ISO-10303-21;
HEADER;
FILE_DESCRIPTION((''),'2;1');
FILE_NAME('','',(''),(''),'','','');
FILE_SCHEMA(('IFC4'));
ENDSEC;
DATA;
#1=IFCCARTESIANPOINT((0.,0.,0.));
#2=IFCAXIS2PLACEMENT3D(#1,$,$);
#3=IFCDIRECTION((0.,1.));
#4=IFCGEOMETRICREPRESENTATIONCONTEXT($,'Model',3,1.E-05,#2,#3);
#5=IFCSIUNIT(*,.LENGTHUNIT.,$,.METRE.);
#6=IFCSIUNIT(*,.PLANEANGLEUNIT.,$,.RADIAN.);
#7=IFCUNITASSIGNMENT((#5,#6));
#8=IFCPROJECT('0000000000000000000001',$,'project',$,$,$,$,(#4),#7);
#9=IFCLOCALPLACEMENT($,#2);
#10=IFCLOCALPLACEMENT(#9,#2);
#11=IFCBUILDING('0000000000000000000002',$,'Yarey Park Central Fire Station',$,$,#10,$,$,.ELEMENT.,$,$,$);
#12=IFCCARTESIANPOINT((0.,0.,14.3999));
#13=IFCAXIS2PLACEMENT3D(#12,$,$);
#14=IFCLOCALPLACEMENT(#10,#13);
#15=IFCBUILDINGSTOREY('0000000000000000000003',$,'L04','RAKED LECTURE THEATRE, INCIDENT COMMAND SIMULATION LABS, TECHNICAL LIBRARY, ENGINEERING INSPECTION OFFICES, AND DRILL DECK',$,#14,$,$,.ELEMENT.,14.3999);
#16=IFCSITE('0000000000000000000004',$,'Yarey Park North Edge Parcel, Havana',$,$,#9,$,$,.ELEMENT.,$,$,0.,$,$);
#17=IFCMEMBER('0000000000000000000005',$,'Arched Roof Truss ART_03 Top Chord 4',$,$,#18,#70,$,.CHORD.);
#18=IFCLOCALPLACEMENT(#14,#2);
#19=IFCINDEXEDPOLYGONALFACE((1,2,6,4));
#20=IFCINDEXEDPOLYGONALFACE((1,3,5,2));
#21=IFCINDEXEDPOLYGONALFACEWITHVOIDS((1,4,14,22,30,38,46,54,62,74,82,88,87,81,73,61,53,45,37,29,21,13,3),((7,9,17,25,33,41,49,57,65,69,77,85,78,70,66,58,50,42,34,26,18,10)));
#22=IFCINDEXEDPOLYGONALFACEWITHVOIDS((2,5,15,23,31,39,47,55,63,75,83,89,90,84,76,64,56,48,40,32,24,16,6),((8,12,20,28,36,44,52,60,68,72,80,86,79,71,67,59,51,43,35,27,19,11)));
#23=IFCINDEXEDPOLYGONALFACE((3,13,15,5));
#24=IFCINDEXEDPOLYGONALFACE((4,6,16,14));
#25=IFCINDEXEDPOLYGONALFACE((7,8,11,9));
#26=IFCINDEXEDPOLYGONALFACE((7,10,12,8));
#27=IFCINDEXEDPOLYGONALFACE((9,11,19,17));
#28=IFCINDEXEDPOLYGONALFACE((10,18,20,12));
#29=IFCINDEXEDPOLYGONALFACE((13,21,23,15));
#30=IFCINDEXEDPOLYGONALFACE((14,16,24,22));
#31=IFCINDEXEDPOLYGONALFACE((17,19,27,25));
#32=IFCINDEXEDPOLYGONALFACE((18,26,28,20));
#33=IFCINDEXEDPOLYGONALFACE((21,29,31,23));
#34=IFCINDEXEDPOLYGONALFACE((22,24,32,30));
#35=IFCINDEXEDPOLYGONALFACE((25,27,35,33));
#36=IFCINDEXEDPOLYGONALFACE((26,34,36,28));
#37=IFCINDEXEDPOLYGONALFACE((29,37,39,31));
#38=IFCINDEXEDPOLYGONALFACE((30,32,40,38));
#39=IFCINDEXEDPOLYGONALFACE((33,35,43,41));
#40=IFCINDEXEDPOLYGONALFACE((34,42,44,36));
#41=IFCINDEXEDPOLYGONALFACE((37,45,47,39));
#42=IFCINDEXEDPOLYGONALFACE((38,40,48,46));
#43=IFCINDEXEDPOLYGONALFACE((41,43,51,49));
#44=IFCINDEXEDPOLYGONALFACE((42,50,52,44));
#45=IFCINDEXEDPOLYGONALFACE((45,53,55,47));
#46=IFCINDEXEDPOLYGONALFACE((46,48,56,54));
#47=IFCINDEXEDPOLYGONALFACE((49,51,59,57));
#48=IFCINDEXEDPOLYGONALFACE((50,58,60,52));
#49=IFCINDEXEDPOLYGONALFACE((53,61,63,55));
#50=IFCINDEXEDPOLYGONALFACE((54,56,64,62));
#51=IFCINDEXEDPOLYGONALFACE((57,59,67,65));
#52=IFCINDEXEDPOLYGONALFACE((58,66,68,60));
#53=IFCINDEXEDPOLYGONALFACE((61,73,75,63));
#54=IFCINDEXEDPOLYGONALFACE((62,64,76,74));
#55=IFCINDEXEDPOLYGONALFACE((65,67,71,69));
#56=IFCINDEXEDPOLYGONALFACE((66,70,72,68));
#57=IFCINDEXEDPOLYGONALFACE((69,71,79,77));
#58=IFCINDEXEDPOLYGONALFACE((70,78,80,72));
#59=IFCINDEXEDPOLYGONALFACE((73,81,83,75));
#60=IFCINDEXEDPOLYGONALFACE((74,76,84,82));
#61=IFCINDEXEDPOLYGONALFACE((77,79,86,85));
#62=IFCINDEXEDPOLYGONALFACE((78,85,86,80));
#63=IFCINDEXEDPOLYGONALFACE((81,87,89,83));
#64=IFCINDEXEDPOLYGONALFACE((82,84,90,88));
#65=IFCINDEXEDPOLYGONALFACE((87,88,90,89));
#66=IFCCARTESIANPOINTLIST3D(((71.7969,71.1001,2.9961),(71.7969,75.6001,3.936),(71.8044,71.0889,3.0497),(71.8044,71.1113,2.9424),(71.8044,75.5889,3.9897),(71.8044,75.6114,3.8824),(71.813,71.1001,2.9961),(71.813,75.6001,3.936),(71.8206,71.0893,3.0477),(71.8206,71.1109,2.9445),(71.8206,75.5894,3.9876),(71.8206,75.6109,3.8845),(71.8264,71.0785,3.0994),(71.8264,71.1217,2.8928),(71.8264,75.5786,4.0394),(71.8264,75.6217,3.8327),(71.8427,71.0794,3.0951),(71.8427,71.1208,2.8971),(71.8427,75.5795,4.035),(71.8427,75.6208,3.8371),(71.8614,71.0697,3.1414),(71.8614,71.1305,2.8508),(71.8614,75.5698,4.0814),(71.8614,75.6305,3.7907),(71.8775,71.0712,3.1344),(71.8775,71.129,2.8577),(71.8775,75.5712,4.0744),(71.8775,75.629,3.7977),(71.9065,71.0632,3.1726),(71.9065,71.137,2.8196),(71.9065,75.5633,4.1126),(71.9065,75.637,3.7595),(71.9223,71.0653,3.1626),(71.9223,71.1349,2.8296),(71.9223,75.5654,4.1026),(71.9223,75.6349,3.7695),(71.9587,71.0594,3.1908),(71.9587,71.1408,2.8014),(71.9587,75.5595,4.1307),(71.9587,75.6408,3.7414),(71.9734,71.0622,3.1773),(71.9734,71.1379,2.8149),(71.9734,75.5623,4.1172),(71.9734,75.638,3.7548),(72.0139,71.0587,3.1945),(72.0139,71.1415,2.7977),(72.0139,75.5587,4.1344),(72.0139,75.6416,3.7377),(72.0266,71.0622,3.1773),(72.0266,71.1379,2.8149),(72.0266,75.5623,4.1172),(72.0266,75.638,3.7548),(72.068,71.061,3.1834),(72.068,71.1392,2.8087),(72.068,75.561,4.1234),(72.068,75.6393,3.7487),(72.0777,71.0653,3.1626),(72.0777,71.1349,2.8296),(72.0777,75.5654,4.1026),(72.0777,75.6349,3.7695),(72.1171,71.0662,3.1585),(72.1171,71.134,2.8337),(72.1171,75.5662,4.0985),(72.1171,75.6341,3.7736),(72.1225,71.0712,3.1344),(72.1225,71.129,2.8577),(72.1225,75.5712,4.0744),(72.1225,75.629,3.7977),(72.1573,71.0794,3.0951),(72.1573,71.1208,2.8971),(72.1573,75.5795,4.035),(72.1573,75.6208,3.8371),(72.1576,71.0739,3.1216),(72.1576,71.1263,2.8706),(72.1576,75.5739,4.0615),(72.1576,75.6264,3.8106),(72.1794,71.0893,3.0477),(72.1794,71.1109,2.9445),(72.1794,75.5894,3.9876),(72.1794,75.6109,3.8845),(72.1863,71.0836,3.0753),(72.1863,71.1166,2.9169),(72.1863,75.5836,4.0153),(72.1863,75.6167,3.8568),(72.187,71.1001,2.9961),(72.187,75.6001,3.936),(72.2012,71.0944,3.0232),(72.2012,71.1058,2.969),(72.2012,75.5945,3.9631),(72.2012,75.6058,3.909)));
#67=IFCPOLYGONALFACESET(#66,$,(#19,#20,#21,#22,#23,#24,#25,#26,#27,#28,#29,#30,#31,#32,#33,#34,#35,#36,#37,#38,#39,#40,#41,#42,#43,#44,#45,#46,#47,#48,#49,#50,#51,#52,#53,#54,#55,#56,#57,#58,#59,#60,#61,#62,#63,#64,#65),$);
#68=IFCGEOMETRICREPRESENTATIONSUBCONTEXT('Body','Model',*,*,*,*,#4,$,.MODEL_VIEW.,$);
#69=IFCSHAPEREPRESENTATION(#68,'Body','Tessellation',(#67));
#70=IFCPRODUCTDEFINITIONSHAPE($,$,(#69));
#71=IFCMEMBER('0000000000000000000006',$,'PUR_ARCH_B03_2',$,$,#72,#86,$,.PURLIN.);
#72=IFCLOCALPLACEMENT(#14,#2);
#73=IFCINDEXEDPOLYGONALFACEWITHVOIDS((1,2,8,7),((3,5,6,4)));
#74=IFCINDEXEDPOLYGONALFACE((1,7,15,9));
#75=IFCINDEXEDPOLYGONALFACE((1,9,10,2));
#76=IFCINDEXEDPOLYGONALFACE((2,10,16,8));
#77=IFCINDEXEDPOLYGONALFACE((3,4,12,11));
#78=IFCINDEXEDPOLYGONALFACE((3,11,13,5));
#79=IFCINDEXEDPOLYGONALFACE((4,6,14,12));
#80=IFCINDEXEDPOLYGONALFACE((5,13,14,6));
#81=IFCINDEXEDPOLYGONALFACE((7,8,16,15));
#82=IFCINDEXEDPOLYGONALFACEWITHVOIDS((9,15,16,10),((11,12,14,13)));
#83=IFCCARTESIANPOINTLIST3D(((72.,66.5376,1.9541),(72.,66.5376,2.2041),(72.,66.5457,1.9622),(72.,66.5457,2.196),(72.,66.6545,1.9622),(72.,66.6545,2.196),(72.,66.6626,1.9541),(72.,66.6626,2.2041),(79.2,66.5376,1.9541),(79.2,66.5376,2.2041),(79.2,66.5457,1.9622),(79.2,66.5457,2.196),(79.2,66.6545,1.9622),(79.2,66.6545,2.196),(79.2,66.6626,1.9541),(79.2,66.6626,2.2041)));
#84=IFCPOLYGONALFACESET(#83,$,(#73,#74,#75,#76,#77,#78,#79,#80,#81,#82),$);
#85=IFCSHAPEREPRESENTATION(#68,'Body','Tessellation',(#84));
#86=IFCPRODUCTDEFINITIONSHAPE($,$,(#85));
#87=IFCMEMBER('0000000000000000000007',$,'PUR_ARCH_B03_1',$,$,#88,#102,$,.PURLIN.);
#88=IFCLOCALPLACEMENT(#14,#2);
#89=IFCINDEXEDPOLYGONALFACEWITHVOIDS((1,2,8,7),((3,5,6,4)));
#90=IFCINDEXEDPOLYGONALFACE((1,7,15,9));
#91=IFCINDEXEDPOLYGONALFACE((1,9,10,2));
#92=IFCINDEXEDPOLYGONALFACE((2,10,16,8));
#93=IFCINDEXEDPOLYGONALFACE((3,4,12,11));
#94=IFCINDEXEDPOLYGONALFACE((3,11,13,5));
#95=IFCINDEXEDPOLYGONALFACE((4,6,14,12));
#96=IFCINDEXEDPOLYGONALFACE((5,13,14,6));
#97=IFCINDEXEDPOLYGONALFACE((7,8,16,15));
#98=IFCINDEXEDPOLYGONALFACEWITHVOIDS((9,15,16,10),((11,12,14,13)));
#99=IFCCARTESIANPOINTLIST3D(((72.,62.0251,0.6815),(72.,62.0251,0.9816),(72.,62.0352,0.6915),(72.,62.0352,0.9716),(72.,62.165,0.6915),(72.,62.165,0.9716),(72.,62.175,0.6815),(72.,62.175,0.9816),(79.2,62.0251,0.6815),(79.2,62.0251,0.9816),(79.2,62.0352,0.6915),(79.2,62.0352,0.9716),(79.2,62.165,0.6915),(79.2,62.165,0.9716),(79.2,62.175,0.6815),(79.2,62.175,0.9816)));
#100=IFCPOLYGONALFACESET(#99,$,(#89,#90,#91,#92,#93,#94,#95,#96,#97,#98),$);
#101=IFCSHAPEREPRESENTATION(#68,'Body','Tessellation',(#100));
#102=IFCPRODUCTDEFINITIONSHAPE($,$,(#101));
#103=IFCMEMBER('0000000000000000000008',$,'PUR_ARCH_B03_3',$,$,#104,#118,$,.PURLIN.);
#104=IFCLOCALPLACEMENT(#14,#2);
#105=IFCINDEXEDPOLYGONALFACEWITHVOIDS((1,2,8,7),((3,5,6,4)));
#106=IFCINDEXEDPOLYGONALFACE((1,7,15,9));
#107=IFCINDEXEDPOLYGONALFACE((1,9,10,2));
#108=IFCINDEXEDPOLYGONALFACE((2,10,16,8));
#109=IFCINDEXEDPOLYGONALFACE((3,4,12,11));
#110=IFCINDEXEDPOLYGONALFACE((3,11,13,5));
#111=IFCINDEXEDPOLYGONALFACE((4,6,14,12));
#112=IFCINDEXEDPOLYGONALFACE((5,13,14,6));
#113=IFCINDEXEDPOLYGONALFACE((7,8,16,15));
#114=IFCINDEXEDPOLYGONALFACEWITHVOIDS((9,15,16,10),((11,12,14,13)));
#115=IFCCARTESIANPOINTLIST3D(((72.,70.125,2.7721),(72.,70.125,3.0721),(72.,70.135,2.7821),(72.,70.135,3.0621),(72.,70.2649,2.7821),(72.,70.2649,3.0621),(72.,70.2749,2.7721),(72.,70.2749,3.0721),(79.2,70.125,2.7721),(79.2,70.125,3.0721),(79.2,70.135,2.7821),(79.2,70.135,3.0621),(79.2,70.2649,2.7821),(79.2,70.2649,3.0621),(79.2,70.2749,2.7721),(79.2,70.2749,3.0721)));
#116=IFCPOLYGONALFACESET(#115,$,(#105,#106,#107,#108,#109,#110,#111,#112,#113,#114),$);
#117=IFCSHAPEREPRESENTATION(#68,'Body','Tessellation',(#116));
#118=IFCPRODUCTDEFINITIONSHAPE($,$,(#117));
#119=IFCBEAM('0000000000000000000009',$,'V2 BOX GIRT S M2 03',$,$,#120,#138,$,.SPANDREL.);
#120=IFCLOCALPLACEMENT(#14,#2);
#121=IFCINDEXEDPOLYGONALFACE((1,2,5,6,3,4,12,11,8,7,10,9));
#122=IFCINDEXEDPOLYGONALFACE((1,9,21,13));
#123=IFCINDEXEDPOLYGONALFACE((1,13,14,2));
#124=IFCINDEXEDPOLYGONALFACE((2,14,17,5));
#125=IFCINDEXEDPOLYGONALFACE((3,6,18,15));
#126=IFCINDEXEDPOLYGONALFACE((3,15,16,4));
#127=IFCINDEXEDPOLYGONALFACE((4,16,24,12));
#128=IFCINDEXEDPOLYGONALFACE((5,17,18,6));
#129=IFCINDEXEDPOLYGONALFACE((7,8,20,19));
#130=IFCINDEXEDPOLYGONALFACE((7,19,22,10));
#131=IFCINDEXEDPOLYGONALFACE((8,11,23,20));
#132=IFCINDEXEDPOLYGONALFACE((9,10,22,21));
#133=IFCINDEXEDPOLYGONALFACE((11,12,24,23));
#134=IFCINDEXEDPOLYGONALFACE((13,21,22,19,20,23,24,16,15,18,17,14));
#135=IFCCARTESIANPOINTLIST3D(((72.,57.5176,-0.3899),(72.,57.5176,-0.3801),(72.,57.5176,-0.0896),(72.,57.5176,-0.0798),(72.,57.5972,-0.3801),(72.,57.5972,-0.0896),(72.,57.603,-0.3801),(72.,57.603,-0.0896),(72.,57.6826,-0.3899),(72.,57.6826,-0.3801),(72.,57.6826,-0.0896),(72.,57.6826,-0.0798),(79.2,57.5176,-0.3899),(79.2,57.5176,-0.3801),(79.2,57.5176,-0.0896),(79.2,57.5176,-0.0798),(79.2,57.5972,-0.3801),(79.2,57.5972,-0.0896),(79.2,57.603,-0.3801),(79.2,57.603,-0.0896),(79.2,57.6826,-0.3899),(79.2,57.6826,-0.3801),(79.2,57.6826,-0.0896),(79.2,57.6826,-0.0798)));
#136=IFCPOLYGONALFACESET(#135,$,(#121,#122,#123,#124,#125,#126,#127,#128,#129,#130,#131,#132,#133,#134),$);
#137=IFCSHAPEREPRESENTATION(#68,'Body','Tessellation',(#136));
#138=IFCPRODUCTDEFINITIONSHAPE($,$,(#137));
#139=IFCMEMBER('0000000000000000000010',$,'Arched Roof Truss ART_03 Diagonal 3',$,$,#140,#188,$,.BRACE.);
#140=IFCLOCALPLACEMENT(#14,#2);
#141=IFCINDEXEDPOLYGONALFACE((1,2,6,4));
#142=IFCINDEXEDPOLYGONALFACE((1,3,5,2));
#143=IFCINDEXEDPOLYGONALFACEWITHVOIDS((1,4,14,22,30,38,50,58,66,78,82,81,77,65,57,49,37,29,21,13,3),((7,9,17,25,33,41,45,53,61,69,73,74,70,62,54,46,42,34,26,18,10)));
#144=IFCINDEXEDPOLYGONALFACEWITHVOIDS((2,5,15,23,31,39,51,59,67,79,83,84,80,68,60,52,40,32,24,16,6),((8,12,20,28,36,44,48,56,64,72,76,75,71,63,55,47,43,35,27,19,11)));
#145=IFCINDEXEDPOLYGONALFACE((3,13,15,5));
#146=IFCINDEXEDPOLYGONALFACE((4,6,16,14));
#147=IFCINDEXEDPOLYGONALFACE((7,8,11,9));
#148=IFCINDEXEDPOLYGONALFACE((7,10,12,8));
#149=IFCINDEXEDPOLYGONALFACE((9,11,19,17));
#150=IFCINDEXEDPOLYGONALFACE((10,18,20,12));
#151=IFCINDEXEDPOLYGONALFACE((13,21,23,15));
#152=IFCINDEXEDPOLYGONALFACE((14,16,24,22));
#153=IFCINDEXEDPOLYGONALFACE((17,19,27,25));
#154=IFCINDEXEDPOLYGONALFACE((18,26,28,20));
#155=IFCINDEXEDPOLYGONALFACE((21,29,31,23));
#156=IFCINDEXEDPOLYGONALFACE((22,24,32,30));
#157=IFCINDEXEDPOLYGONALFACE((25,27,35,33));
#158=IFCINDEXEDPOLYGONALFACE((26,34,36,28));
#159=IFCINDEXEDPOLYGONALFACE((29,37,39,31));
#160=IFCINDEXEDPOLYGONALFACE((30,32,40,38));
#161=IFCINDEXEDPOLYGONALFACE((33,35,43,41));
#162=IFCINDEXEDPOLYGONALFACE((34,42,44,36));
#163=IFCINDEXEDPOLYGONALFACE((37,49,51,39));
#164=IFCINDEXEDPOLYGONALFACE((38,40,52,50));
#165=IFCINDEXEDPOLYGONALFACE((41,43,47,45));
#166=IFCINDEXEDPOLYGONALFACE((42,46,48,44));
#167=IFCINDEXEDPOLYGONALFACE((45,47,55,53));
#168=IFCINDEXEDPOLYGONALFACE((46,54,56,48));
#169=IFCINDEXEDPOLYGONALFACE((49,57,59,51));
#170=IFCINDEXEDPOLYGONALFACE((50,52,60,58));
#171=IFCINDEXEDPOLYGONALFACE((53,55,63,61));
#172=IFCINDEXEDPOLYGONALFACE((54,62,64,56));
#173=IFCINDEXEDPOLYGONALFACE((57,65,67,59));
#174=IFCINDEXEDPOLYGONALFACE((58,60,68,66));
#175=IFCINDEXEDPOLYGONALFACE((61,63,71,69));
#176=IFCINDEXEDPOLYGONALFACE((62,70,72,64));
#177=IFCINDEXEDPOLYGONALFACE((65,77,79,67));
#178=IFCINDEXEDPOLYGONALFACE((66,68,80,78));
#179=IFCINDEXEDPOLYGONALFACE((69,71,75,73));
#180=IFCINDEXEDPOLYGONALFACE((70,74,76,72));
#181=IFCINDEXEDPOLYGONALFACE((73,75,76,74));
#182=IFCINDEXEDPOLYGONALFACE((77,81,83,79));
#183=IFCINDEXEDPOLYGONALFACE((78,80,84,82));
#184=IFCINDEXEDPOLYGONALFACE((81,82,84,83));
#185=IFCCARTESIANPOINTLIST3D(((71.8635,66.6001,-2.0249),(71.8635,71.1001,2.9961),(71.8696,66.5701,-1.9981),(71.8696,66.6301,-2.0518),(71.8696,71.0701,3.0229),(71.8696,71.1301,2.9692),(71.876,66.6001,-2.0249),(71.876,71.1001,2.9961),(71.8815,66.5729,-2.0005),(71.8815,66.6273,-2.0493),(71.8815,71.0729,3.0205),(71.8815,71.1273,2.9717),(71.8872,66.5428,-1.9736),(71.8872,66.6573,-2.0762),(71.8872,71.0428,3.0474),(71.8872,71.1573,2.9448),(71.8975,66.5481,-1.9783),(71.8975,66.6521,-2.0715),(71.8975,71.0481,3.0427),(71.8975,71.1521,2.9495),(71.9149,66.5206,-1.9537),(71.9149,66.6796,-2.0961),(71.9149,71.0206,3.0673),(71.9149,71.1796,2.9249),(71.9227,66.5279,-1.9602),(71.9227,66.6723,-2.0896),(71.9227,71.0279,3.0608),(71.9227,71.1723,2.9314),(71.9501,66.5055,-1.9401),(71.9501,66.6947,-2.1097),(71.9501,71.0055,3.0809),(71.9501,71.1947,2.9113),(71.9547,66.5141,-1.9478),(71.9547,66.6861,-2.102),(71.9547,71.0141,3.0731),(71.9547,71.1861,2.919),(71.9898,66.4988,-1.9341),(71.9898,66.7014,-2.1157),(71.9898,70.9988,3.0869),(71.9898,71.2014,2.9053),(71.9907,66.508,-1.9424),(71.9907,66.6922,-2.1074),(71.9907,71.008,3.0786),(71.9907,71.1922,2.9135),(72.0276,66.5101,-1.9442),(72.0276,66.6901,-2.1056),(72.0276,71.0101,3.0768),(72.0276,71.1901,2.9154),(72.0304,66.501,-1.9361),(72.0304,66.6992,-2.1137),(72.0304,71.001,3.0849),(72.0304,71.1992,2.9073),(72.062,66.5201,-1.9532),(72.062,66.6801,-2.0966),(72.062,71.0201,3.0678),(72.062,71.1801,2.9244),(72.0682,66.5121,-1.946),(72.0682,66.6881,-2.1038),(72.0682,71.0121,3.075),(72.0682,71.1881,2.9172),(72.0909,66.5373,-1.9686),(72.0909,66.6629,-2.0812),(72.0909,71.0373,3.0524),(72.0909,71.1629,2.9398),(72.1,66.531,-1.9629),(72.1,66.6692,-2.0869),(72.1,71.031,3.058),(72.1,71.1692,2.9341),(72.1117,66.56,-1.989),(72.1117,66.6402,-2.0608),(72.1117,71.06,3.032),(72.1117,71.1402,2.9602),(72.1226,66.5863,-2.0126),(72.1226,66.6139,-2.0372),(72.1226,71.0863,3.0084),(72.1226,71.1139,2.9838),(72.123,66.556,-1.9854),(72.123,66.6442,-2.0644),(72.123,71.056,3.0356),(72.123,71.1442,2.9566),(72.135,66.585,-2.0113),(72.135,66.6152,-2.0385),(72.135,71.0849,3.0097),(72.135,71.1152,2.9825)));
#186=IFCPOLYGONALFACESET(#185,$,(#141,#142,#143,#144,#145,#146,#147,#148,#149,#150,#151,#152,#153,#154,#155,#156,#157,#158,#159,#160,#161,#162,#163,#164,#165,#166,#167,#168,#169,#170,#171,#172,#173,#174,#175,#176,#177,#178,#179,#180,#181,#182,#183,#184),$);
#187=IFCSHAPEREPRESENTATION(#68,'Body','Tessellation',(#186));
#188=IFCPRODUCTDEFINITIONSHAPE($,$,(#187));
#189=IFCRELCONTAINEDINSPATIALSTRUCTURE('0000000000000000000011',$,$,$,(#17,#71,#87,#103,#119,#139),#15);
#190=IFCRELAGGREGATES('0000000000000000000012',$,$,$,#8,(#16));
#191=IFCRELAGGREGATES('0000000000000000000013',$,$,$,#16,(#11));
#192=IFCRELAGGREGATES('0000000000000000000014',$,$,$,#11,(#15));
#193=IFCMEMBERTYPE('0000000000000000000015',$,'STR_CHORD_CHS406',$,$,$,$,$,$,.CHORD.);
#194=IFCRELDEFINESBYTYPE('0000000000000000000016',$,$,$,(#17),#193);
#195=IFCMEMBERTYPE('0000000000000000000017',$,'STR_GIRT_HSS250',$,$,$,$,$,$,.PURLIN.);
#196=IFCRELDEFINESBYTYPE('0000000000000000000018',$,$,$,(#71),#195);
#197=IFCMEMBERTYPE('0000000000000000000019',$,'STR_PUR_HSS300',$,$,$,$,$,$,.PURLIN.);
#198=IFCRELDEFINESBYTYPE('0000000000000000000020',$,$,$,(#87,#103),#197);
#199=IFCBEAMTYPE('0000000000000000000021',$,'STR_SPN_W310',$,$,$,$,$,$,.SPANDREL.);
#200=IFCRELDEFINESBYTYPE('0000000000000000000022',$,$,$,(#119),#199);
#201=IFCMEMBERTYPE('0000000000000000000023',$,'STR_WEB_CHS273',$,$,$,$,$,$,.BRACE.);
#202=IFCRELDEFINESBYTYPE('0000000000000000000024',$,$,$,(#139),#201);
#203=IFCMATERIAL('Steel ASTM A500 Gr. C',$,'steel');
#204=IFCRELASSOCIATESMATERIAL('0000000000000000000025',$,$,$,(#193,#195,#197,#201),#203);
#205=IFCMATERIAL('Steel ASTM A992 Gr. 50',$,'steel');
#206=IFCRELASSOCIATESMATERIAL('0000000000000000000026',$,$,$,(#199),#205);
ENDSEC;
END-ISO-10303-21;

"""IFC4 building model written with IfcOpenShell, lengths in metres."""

from ifc_helpers import new_model, si_unit, direction, frame, origin, origin_2d, place, context, subcontext, project, spatial, hollow_rectangle, hollow_circle, i_section, extrude, material, material_profile, profile_set, type_object, element, save


model = new_model("IFC4")

# Units and contexts
model_context = context("Model", 3, precision=1e-05, world=origin(), true_north=direction((0.0, 1.0)))
body_context = subcontext(model_context, "Body", "Model", "MODEL_VIEW")
ifc_project = project(units=[si_unit("LENGTHUNIT", "METRE"), si_unit("PLANEANGLEUNIT", "RADIAN")], contexts=[model_context])

# Site, building, storey
site_placement = place(None, origin())
site = spatial("IfcSite", under=ifc_project, at=site_placement, Name="Yarey Park North Edge Parcel, Havana", CompositionType="ELEMENT", RefElevation=0.0)
building_placement = place(site_placement, origin())
building = spatial("IfcBuilding", under=site, at=building_placement, Name="Yarey Park Central Fire Station", CompositionType="ELEMENT")
storey_placement = place(building_placement, frame((0.0, 0.0, 14.3999)))
storey = spatial("IfcBuildingStorey", under=building, at=storey_placement, Name="L04", Description="RAKED LECTURE THEATRE, INCIDENT COMMAND SIMULATION LABS, TECHNICAL LIBRARY, ENGINEERING INSPECTION OFFICES, AND DRILL DECK", CompositionType="ELEMENT", Elevation=14.3999)

# Shared definitions
ifc_material_1 = material(Name="Steel ASTM A992 Gr. 50", Category="steel")

# Members
ifc_material_2 = material(Name="Steel ASTM A500 Gr. C", Category="steel")
ifc_material_profile_1 = material_profile(ifc_material_2, hollow_circle(Radius=0.2031, WallThickness=0.0161, at=origin_2d()), Name="CHS 406.4x16")
ifc_profile_set_1 = profile_set([ifc_material_profile_1], Name="Steel ASTM A500 Gr. C")
member_type_1 = type_object("IfcMemberType", Name="STR_CHORD_CHS406", PredefinedType="CHORD", material=ifc_profile_set_1)
member_1_placement = place(storey_placement, frame((72.0, 71.1001, 2.9961), z_axis=(0.0, 0.978874, 0.204463), x_axis=(-1.0, 0.0, 0.0)))
element("IfcMember", 1, at=member_1_placement, inside=storey, type_object=member_type_1, Name="Arched Roof Truss ART_03 Top Chord 4", PredefinedType="CHORD", context=body_context, shape_type="SweptSolid", body=[
    extrude(hollow_circle(Radius=0.2031, WallThickness=0.0161, at=origin_2d()), origin(), (0.0, 0.0, 1.0), 4.5972),
])
ifc_material_profile_2 = material_profile(ifc_material_2, hollow_rectangle(XDim=0.125, YDim=0.25, WallThickness=0.0081, at=origin_2d()), Name="HSS 250x125x8")
ifc_profile_set_2 = profile_set([ifc_material_profile_2], Name="Steel ASTM A500 Gr. C")
member_type_2 = type_object("IfcMemberType", Name="STR_GIRT_HSS250", PredefinedType="PURLIN", material=ifc_profile_set_2)
member_2_placement = place(storey_placement, frame((72.0, 66.6001, 2.0791), z_axis=(1.0, 0.0, 0.0), x_axis=(0.0, 1.0, 0.0)))
element("IfcMember", 2, at=member_2_placement, inside=storey, type_object=member_type_2, Name="PUR_ARCH_B03_2", PredefinedType="PURLIN", context=body_context, shape_type="SweptSolid", body=[
    extrude(hollow_rectangle(XDim=0.125, YDim=0.25, WallThickness=0.0081, at=origin_2d()), origin(), (0.0, 0.0, 1.0), 7.2),
])
ifc_material_profile_3 = material_profile(ifc_material_2, hollow_rectangle(XDim=0.1499, YDim=0.3, WallThickness=0.01, at=origin_2d()), Name="HSS 300x150x10")
ifc_profile_set_3 = profile_set([ifc_material_profile_3], Name="Steel ASTM A500 Gr. C")
member_type_3 = type_object("IfcMemberType", Name="STR_PUR_HSS300", PredefinedType="PURLIN", material=ifc_profile_set_3)
for number, where, z_axis, x_axis, name in (
    (3, (72.0, 62.1001, 0.8315), (1.0, 0.0, 0.0), (0.0, 1.0, 0.0), "PUR_ARCH_B03_1"),
    (4, (72.0, 70.2, 2.9221), (1.0, 0.0, 0.0), (0.0, 1.0, 0.0), "PUR_ARCH_B03_3"),
):
    element("IfcMember", number, at=place(storey_placement, frame(where, z_axis=z_axis, x_axis=x_axis)), inside=storey, type_object=member_type_3, Name=name, PredefinedType="PURLIN", context=body_context, shape_type="SweptSolid", body=[
        extrude(hollow_rectangle(XDim=0.1499, YDim=0.3, WallThickness=0.01, at=origin_2d()), origin(), (0.0, 0.0, 1.0), 7.2),
    ])

# Beam
ifc_material_profile_4 = material_profile(ifc_material_1, i_section(OverallWidth=0.165, OverallDepth=0.3101, WebThickness=0.0059, FlangeThickness=0.0098, at=origin_2d()), Name="W310x39")
ifc_profile_set_4 = profile_set([ifc_material_profile_4], Name="Steel ASTM A992 Gr. 50")
beam_type = type_object("IfcBeamType", Name="STR_SPN_W310", PredefinedType="SPANDREL", material=ifc_profile_set_4)
beam_placement = place(storey_placement, frame((72.0, 57.6001, -0.2349), z_axis=(1.0, 0.0, 0.0), x_axis=(0.0, 1.0, 0.0)))
element("IfcBeam", 5, at=beam_placement, inside=storey, type_object=beam_type, Name="V2 BOX GIRT S M2 03", PredefinedType="SPANDREL", context=body_context, shape_type="SweptSolid", body=[
    extrude(i_section(OverallWidth=0.165, OverallDepth=0.3101, WebThickness=0.0059, FlangeThickness=0.0098, at=origin_2d()), origin(), (0.0, 0.0, 1.0), 7.2),
])

# Member
ifc_material_profile_5 = material_profile(ifc_material_2, hollow_circle(Radius=0.1365, WallThickness=0.0125, at=origin_2d()), Name="CHS 273x12.5")
ifc_profile_set_5 = profile_set([ifc_material_profile_5], Name="Steel ASTM A500 Gr. C")
member_type_4 = type_object("IfcMemberType", Name="STR_WEB_CHS273", PredefinedType="BRACE", material=ifc_profile_set_5)
member_3_placement = place(storey_placement, frame((72.0, 66.6001, -2.0249), z_axis=(0.0, 0.667415, 0.744686), x_axis=(-1.0, 0.0, 0.0)))
element("IfcMember", 6, at=member_3_placement, inside=storey, type_object=member_type_4, Name="Arched Roof Truss ART_03 Diagonal 3", PredefinedType="BRACE", context=body_context, shape_type="SweptSolid", body=[
    extrude(hollow_circle(Radius=0.1365, WallThickness=0.0125, at=origin_2d()), origin(), (0.0, 0.0, 1.0), 6.7424),
])

save(model, "model.ifc")
